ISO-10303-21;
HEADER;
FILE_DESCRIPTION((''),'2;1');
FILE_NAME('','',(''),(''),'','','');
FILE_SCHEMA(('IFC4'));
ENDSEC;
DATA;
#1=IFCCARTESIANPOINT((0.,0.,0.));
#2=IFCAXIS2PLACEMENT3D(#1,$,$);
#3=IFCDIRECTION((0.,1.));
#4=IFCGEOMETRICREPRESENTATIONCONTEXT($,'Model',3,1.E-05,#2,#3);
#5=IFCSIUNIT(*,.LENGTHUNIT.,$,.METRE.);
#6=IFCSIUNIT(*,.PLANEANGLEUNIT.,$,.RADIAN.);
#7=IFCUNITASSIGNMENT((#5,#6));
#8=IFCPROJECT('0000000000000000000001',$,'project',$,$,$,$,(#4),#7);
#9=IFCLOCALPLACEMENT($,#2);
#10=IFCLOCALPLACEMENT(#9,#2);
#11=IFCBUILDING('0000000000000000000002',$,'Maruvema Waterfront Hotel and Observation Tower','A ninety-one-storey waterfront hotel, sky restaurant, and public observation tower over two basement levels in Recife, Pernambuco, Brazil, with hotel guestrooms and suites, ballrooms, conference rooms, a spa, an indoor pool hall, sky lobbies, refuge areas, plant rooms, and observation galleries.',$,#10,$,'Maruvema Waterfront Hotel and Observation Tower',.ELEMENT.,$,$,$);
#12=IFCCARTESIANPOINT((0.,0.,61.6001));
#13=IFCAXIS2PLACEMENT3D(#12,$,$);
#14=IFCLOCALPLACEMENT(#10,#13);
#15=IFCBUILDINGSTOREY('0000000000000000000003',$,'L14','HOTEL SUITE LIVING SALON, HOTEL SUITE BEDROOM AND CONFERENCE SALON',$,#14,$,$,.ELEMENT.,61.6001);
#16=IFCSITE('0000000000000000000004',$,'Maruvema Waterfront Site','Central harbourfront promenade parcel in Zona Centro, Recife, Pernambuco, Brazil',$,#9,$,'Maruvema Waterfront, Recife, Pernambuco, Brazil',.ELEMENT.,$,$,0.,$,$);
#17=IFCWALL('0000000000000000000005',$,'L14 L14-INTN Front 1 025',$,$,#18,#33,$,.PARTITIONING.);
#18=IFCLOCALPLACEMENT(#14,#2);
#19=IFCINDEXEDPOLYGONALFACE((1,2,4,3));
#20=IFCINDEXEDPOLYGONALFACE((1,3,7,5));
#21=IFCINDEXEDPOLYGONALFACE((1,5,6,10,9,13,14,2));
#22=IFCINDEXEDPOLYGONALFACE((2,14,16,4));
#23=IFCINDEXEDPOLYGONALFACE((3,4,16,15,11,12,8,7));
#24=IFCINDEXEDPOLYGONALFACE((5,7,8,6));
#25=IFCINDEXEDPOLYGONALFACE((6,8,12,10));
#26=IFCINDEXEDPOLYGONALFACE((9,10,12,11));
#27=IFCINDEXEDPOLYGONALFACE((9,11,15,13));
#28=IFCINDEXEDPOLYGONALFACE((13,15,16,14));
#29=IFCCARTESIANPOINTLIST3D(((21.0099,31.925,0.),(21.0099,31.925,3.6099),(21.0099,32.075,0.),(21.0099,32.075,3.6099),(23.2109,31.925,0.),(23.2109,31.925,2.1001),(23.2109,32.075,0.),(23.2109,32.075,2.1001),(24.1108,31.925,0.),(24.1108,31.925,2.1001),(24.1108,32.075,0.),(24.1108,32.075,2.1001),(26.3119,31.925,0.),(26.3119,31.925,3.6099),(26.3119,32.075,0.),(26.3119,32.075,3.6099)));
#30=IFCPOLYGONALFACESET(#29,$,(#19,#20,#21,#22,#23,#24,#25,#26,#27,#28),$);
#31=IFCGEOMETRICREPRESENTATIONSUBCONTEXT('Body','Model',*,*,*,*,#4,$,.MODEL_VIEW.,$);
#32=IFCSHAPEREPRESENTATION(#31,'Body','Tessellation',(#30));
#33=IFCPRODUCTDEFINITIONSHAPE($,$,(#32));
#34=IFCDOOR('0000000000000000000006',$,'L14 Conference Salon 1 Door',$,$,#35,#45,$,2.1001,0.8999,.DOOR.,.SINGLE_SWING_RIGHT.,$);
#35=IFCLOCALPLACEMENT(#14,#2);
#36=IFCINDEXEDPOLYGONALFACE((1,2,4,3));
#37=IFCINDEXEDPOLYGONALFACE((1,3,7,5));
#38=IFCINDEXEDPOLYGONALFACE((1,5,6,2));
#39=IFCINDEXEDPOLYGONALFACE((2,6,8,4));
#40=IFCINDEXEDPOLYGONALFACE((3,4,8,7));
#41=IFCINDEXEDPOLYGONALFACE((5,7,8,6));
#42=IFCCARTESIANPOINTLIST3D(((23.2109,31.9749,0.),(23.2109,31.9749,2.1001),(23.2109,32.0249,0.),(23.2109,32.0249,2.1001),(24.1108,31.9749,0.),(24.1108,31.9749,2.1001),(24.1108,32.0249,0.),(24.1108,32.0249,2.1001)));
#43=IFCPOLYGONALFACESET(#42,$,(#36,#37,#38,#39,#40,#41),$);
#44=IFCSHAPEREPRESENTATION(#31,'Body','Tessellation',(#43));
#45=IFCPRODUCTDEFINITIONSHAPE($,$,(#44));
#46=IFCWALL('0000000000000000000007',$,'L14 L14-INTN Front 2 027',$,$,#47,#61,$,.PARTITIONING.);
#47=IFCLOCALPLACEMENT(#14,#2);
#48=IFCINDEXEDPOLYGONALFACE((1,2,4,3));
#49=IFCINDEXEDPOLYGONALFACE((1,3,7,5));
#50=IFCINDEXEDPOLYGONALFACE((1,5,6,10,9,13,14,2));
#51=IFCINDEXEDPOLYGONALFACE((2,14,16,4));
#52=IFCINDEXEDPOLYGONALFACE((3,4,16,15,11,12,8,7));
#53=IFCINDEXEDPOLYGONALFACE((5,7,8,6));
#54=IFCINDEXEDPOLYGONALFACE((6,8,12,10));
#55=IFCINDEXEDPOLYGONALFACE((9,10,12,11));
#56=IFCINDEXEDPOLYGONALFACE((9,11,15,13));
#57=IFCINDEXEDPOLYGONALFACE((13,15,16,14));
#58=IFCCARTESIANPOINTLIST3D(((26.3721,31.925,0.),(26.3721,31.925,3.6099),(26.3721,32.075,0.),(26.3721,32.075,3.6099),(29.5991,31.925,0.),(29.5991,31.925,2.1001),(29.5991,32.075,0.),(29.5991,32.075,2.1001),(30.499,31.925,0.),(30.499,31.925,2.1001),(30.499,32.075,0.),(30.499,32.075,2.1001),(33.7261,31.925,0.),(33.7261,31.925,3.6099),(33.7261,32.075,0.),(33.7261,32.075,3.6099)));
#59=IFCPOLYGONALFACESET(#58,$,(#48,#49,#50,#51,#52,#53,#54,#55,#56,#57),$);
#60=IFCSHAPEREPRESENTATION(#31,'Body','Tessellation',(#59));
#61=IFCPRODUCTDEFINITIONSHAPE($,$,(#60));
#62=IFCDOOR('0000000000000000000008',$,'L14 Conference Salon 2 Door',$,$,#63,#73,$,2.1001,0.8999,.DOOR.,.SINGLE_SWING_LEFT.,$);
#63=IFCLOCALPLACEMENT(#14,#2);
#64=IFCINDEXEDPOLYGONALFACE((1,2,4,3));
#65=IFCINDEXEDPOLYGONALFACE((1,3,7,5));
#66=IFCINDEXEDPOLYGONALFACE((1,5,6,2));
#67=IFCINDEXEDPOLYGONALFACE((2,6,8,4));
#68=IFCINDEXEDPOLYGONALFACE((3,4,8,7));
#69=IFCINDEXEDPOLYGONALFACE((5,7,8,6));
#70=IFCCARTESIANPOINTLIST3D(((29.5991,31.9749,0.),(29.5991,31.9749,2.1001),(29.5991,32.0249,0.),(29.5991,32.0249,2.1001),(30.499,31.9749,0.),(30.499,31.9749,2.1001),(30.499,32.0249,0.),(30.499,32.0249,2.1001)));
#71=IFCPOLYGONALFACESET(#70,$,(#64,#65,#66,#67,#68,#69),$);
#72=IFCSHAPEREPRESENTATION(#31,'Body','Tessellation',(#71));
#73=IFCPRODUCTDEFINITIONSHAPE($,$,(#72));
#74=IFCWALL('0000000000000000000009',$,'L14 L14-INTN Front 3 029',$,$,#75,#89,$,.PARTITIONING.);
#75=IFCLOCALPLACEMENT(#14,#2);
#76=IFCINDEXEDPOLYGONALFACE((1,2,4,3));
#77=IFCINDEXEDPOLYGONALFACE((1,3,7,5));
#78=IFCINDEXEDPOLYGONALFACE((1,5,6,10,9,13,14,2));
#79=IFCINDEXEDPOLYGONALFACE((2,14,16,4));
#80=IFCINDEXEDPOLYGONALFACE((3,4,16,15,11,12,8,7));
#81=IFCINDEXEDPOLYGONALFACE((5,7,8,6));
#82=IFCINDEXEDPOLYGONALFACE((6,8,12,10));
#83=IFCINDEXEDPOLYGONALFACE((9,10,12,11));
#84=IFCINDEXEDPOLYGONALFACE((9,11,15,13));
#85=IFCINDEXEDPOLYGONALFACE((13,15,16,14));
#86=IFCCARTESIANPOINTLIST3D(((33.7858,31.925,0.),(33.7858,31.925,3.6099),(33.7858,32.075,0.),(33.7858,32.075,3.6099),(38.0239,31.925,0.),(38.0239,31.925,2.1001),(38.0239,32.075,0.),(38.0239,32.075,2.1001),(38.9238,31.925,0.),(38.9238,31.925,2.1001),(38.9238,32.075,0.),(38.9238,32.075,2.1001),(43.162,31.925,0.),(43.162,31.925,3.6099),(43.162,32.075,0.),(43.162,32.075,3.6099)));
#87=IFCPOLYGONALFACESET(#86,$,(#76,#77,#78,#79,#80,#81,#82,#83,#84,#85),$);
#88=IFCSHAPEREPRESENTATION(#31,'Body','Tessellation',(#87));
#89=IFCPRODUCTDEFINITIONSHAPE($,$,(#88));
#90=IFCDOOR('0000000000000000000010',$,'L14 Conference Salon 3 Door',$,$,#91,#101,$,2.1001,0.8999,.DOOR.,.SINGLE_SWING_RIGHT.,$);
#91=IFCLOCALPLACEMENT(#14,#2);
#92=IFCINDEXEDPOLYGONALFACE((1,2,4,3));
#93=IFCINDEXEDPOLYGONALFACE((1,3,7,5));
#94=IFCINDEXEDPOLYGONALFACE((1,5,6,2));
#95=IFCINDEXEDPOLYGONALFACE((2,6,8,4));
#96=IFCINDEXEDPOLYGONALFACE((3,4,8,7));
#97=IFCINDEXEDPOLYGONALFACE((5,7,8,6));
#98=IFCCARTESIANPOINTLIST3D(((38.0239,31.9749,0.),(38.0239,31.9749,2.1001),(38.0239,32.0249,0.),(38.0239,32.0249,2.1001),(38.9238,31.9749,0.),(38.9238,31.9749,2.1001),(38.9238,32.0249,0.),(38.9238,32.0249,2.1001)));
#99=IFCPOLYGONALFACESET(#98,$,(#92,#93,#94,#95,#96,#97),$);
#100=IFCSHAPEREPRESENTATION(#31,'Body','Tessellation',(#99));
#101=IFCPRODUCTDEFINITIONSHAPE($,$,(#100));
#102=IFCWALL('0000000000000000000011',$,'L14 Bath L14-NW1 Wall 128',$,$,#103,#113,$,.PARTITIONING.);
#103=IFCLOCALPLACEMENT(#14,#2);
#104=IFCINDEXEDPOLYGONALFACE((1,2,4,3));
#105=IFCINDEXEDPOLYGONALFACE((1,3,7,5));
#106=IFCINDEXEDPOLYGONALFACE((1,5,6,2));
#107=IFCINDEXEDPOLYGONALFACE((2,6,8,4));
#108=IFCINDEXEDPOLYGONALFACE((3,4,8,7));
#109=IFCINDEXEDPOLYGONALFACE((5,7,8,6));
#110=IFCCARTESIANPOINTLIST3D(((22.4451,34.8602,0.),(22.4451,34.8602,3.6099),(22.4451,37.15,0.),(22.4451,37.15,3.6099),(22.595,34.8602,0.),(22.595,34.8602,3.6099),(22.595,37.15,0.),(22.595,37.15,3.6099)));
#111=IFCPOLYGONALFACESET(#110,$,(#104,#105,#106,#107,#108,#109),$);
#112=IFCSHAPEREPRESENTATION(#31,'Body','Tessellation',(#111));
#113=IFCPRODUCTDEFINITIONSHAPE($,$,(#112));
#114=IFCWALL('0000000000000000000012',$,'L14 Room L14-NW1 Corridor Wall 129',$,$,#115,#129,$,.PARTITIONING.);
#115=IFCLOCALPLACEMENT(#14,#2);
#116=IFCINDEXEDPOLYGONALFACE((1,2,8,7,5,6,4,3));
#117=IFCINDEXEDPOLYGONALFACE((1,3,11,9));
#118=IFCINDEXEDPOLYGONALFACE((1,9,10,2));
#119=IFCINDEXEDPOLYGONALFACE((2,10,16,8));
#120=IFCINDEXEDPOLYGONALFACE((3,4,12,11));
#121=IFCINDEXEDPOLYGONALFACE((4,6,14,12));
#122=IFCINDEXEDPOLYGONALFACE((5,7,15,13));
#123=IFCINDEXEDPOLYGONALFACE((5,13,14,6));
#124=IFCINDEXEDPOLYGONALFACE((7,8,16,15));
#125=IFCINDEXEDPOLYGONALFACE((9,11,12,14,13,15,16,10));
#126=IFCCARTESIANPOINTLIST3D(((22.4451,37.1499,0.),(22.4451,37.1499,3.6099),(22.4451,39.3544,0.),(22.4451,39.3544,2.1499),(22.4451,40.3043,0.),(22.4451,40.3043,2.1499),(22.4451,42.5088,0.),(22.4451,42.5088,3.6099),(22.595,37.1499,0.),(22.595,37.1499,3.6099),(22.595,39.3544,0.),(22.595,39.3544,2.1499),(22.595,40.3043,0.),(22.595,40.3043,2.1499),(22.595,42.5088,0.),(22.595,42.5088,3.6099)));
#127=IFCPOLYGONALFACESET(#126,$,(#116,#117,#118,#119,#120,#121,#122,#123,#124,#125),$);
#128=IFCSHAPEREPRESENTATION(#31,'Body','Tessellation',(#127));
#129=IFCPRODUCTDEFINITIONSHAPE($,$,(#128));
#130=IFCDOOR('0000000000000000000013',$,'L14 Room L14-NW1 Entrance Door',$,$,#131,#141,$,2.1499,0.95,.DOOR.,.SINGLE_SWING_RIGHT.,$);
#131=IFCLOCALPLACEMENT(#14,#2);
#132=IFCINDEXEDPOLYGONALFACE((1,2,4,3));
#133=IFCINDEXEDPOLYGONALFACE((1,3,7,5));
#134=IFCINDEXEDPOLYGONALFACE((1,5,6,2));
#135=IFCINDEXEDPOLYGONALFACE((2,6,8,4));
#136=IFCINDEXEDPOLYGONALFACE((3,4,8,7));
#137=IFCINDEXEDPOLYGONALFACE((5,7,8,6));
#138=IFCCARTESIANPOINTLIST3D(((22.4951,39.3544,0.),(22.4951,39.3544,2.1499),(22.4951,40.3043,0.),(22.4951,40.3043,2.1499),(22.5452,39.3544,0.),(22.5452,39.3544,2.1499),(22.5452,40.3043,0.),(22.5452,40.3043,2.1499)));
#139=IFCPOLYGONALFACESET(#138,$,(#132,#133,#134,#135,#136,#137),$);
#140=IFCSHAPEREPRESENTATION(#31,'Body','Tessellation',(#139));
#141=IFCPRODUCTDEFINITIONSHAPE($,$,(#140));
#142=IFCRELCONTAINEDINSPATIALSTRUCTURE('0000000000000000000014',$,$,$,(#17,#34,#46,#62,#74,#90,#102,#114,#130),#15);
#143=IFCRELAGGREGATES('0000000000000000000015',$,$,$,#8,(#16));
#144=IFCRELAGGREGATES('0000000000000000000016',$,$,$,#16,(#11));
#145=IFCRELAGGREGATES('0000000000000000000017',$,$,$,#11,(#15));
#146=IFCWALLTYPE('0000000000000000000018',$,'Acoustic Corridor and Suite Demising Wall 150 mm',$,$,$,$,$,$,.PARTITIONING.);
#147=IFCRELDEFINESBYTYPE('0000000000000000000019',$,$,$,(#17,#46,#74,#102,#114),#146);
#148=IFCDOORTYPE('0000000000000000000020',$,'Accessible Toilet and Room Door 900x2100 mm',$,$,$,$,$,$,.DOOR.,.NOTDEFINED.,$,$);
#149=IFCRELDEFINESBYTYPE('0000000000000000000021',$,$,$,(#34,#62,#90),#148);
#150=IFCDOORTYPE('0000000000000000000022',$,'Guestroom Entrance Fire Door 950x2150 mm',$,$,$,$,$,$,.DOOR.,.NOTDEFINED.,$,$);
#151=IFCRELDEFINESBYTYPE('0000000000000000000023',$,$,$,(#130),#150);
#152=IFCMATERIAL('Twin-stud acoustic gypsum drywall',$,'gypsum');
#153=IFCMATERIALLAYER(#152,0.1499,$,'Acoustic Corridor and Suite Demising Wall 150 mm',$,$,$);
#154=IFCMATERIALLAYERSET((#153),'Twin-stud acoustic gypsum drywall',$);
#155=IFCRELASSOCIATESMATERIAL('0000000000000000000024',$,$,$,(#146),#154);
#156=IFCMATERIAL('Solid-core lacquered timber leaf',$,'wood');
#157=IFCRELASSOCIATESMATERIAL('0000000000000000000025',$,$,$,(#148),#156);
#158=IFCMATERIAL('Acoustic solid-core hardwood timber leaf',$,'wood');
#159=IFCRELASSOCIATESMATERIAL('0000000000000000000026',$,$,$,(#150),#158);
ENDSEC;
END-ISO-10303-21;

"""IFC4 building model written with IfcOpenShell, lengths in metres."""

from ifc_helpers import new_model, si_unit, direction, frame, frame_2d, origin, place, context, subcontext, project, spatial, rectangle, extrude, material, layer, layer_set, type_object, element, fill, save


model = new_model("IFC4")

# Units and contexts
model_context = context("Model", 3, precision=1e-05, world=origin(), true_north=direction((0.0, 1.0)))
body_context = subcontext(model_context, "Body", "Model", "MODEL_VIEW")
ifc_project = project(units=[si_unit("LENGTHUNIT", "METRE"), si_unit("PLANEANGLEUNIT", "RADIAN")], contexts=[model_context])

# Site, building, storey
site_placement = place(None, origin())
site = spatial("IfcSite", under=ifc_project, at=site_placement, Name="Maruvema Waterfront Site", Description="Central harbourfront promenade parcel in Zona Centro, Recife, Pernambuco, Brazil", LongName="Maruvema Waterfront, Recife, Pernambuco, Brazil", CompositionType="ELEMENT", RefElevation=0.0)
building_placement = place(site_placement, origin())
building = spatial("IfcBuilding", under=site, at=building_placement, Name="Maruvema Waterfront Hotel and Observation Tower", Description="A ninety-one-storey waterfront hotel, sky restaurant, and public observation tower over two basement levels in Recife, Pernambuco, Brazil, with hotel guestrooms and suites, ballrooms, conference rooms, a spa, an indoor pool hall, sky lobbies, refuge areas, plant rooms, and observation galleries.", LongName="Maruvema Waterfront Hotel and Observation Tower", CompositionType="ELEMENT")
storey_placement = place(building_placement, frame((0.0, 0.0, 61.6001)))
storey = spatial("IfcBuildingStorey", under=building, at=storey_placement, Name="L14", Description="HOTEL SUITE LIVING SALON, HOTEL SUITE BEDROOM AND CONFERENCE SALON", CompositionType="ELEMENT", Elevation=61.6001)

# Walls, openings, doors
ifc_material_1 = material(Name="Twin-stud acoustic gypsum drywall", Category="gypsum")
ifc_layer_1 = layer(ifc_material_1, 0.1499, Name="Acoustic Corridor and Suite Demising Wall 150 mm")
ifc_layer_set_1 = layer_set([ifc_layer_1], Name="Twin-stud acoustic gypsum drywall")
wall_type_1 = type_object("IfcWallType", Name="Acoustic Corridor and Suite Demising Wall 150 mm", PredefinedType="PARTITIONING", material=ifc_layer_set_1)
wall_1_placement = place(storey_placement, frame((21.01, 32.0, 0.0), z_axis=(0.0, 0.0, 1.0), x_axis=(1.0, 0.0, 0.0)))
wall_1 = element("IfcWall", 1, at=wall_1_placement, inside=storey, type_object=wall_type_1, Name="L14 L14-INTN Front 1 025", PredefinedType="PARTITIONING", context=body_context, shape_type="SweptSolid", body=[
    extrude(rectangle(XDim=5.302, YDim=0.1499, at=frame_2d((2.6509, 0.0))), origin(), (0.0, 0.0, 1.0), 3.6099),
])
opening_1_placement = place(wall_1_placement, frame((2.2009, 0.0, 0.0)))
opening_1 = element("IfcOpeningElement", 2, at=opening_1_placement, cuts=wall_1, PredefinedType="OPENING", context=body_context, shape_type="SweptSolid", body=[
    extrude(rectangle(XDim=0.8999, YDim=2.1001, at=frame_2d((0.45, 1.05))), frame((0.0, 0.085, 0.0), z_axis=(0.0, -1.0, 0.0), x_axis=(1.0, 0.0, 0.0)), (0.0, 0.0, 1.0), 0.1699),
])
ifc_material_2 = material(Name="Solid-core lacquered timber leaf", Category="wood")
door_type_1 = type_object("IfcDoorType", Name="Accessible Toilet and Room Door 900x2100 mm", OperationType="NOTDEFINED", PredefinedType="DOOR", material=ifc_material_2)
door_1_placement = place(opening_1_placement, origin())
door_1 = element("IfcDoor", 3, at=door_1_placement, inside=storey, type_object=door_type_1, Name="L14 Conference Salon 1 Door", OperationType="SINGLE_SWING_RIGHT", OverallHeight=2.1001, OverallWidth=0.8999, PredefinedType="DOOR", context=body_context, shape_type="SweptSolid", body=[
    extrude(rectangle(XDim=0.8999, YDim=2.1001, at=frame_2d((0.45, 1.05))), frame((0.0, 0.0249, 0.0), z_axis=(0.0, -1.0, 0.0), x_axis=(1.0, 0.0, 0.0)), (0.0, 0.0, 1.0), 0.05),
])
fill(opening_1, door_1)
wall_2_placement = place(storey_placement, frame((26.3721, 32.0, 0.0), z_axis=(0.0, 0.0, 1.0), x_axis=(1.0, 0.0, 0.0)))
wall_2 = element("IfcWall", 4, at=wall_2_placement, inside=storey, type_object=wall_type_1, Name="L14 L14-INTN Front 2 027", PredefinedType="PARTITIONING", context=body_context, shape_type="SweptSolid", body=[
    extrude(rectangle(XDim=7.354, YDim=0.1499, at=frame_2d((3.677, 0.0))), origin(), (0.0, 0.0, 1.0), 3.6099),
])
opening_2_placement = place(wall_2_placement, frame((3.2271, 0.0, 0.0)))
opening_2 = element("IfcOpeningElement", 5, at=opening_2_placement, cuts=wall_2, PredefinedType="OPENING", context=body_context, shape_type="SweptSolid", body=[
    extrude(rectangle(XDim=0.8999, YDim=2.1001, at=frame_2d((0.45, 1.05))), frame((0.0, 0.085, 0.0), z_axis=(0.0, -1.0, 0.0), x_axis=(1.0, 0.0, 0.0)), (0.0, 0.0, 1.0), 0.1699),
])
door_2_placement = place(opening_2_placement, origin())
door_2 = element("IfcDoor", 6, at=door_2_placement, inside=storey, type_object=door_type_1, Name="L14 Conference Salon 2 Door", OperationType="SINGLE_SWING_LEFT", OverallHeight=2.1001, OverallWidth=0.8999, PredefinedType="DOOR", context=body_context, shape_type="SweptSolid", body=[
    extrude(rectangle(XDim=0.8999, YDim=2.1001, at=frame_2d((0.45, 1.05))), frame((0.0, 0.0249, 0.0), z_axis=(0.0, -1.0, 0.0), x_axis=(1.0, 0.0, 0.0)), (0.0, 0.0, 1.0), 0.05),
])
fill(opening_2, door_2)
wall_3_placement = place(storey_placement, frame((33.7859, 32.0, 0.0), z_axis=(0.0, 0.0, 1.0), x_axis=(1.0, 0.0, 0.0)))
wall_3 = element("IfcWall", 7, at=wall_3_placement, inside=storey, type_object=wall_type_1, Name="L14 L14-INTN Front 3 029", PredefinedType="PARTITIONING", context=body_context, shape_type="SweptSolid", body=[
    extrude(rectangle(XDim=9.3762, YDim=0.1499, at=frame_2d((4.688, 0.0))), origin(), (0.0, 0.0, 1.0), 3.6099),
])
opening_3_placement = place(wall_3_placement, frame((4.238, 0.0, 0.0)))
opening_3 = element("IfcOpeningElement", 8, at=opening_3_placement, cuts=wall_3, PredefinedType="OPENING", context=body_context, shape_type="SweptSolid", body=[
    extrude(rectangle(XDim=0.8999, YDim=2.1001, at=frame_2d((0.45, 1.05))), frame((0.0, 0.085, 0.0), z_axis=(0.0, -1.0, 0.0), x_axis=(1.0, 0.0, 0.0)), (0.0, 0.0, 1.0), 0.1699),
])
door_3_placement = place(opening_3_placement, origin())
door_3 = element("IfcDoor", 9, at=door_3_placement, inside=storey, type_object=door_type_1, Name="L14 Conference Salon 3 Door", OperationType="SINGLE_SWING_RIGHT", OverallHeight=2.1001, OverallWidth=0.8999, PredefinedType="DOOR", context=body_context, shape_type="SweptSolid", body=[
    extrude(rectangle(XDim=0.8999, YDim=2.1001, at=frame_2d((0.45, 1.05))), frame((0.0, 0.0249, 0.0), z_axis=(0.0, -1.0, 0.0), x_axis=(1.0, 0.0, 0.0)), (0.0, 0.0, 1.0), 0.05),
])
fill(opening_3, door_3)

# Wall
wall_4_placement = place(storey_placement, frame((22.52, 34.8601, 0.0), z_axis=(0.0, 0.0, 1.0), x_axis=(0.0, 1.0, 0.0)))
element("IfcWall", 10, at=wall_4_placement, inside=storey, type_object=wall_type_1, Name="L14 Bath L14-NW1 Wall 128", PredefinedType="PARTITIONING", context=body_context, shape_type="SweptSolid", body=[
    extrude(rectangle(XDim=2.2898, YDim=0.1499, at=frame_2d((1.145, 0.0))), origin(), (0.0, 0.0, 1.0), 3.6099),
])

# Wall, opening, door
wall_5_placement = place(storey_placement, frame((22.52, 37.1499, 0.0), z_axis=(0.0, 0.0, 1.0), x_axis=(0.0, 1.0, 0.0)))
wall_5 = element("IfcWall", 11, at=wall_5_placement, inside=storey, type_object=wall_type_1, Name="L14 Room L14-NW1 Corridor Wall 129", PredefinedType="PARTITIONING", context=body_context, shape_type="SweptSolid", body=[
    extrude(rectangle(XDim=5.3589, YDim=0.1499, at=frame_2d((2.6794, 0.0))), origin(), (0.0, 0.0, 1.0), 3.6099),
])
opening_4_placement = place(wall_5_placement, frame((2.2043, 0.0, 0.0)))
opening_4 = element("IfcOpeningElement", 12, at=opening_4_placement, cuts=wall_5, PredefinedType="OPENING", context=body_context, shape_type="SweptSolid", body=[
    extrude(rectangle(XDim=0.95, YDim=2.1499, at=frame_2d((0.4751, 1.075))), frame((0.0, 0.085, 0.0), z_axis=(0.0, -1.0, 0.0), x_axis=(1.0, 0.0, 0.0)), (0.0, 0.0, 1.0), 0.1699),
])
ifc_material_3 = material(Name="Acoustic solid-core hardwood timber leaf", Category="wood")
door_type_2 = type_object("IfcDoorType", Name="Guestroom Entrance Fire Door 950x2150 mm", OperationType="NOTDEFINED", PredefinedType="DOOR", material=ifc_material_3)
door_4_placement = place(opening_4_placement, origin())
door_4 = element("IfcDoor", 13, at=door_4_placement, inside=storey, type_object=door_type_2, Name="L14 Room L14-NW1 Entrance Door", OperationType="SINGLE_SWING_RIGHT", OverallHeight=2.1499, OverallWidth=0.95, PredefinedType="DOOR", context=body_context, shape_type="SweptSolid", body=[
    extrude(rectangle(XDim=0.95, YDim=2.1499, at=frame_2d((0.4751, 1.075))), frame((0.0, 0.0249, 0.0), z_axis=(0.0, -1.0, 0.0), x_axis=(1.0, 0.0, 0.0)), (0.0, 0.0, 1.0), 0.05),
])
fill(opening_4, door_4)

save(model, "model.ifc")
